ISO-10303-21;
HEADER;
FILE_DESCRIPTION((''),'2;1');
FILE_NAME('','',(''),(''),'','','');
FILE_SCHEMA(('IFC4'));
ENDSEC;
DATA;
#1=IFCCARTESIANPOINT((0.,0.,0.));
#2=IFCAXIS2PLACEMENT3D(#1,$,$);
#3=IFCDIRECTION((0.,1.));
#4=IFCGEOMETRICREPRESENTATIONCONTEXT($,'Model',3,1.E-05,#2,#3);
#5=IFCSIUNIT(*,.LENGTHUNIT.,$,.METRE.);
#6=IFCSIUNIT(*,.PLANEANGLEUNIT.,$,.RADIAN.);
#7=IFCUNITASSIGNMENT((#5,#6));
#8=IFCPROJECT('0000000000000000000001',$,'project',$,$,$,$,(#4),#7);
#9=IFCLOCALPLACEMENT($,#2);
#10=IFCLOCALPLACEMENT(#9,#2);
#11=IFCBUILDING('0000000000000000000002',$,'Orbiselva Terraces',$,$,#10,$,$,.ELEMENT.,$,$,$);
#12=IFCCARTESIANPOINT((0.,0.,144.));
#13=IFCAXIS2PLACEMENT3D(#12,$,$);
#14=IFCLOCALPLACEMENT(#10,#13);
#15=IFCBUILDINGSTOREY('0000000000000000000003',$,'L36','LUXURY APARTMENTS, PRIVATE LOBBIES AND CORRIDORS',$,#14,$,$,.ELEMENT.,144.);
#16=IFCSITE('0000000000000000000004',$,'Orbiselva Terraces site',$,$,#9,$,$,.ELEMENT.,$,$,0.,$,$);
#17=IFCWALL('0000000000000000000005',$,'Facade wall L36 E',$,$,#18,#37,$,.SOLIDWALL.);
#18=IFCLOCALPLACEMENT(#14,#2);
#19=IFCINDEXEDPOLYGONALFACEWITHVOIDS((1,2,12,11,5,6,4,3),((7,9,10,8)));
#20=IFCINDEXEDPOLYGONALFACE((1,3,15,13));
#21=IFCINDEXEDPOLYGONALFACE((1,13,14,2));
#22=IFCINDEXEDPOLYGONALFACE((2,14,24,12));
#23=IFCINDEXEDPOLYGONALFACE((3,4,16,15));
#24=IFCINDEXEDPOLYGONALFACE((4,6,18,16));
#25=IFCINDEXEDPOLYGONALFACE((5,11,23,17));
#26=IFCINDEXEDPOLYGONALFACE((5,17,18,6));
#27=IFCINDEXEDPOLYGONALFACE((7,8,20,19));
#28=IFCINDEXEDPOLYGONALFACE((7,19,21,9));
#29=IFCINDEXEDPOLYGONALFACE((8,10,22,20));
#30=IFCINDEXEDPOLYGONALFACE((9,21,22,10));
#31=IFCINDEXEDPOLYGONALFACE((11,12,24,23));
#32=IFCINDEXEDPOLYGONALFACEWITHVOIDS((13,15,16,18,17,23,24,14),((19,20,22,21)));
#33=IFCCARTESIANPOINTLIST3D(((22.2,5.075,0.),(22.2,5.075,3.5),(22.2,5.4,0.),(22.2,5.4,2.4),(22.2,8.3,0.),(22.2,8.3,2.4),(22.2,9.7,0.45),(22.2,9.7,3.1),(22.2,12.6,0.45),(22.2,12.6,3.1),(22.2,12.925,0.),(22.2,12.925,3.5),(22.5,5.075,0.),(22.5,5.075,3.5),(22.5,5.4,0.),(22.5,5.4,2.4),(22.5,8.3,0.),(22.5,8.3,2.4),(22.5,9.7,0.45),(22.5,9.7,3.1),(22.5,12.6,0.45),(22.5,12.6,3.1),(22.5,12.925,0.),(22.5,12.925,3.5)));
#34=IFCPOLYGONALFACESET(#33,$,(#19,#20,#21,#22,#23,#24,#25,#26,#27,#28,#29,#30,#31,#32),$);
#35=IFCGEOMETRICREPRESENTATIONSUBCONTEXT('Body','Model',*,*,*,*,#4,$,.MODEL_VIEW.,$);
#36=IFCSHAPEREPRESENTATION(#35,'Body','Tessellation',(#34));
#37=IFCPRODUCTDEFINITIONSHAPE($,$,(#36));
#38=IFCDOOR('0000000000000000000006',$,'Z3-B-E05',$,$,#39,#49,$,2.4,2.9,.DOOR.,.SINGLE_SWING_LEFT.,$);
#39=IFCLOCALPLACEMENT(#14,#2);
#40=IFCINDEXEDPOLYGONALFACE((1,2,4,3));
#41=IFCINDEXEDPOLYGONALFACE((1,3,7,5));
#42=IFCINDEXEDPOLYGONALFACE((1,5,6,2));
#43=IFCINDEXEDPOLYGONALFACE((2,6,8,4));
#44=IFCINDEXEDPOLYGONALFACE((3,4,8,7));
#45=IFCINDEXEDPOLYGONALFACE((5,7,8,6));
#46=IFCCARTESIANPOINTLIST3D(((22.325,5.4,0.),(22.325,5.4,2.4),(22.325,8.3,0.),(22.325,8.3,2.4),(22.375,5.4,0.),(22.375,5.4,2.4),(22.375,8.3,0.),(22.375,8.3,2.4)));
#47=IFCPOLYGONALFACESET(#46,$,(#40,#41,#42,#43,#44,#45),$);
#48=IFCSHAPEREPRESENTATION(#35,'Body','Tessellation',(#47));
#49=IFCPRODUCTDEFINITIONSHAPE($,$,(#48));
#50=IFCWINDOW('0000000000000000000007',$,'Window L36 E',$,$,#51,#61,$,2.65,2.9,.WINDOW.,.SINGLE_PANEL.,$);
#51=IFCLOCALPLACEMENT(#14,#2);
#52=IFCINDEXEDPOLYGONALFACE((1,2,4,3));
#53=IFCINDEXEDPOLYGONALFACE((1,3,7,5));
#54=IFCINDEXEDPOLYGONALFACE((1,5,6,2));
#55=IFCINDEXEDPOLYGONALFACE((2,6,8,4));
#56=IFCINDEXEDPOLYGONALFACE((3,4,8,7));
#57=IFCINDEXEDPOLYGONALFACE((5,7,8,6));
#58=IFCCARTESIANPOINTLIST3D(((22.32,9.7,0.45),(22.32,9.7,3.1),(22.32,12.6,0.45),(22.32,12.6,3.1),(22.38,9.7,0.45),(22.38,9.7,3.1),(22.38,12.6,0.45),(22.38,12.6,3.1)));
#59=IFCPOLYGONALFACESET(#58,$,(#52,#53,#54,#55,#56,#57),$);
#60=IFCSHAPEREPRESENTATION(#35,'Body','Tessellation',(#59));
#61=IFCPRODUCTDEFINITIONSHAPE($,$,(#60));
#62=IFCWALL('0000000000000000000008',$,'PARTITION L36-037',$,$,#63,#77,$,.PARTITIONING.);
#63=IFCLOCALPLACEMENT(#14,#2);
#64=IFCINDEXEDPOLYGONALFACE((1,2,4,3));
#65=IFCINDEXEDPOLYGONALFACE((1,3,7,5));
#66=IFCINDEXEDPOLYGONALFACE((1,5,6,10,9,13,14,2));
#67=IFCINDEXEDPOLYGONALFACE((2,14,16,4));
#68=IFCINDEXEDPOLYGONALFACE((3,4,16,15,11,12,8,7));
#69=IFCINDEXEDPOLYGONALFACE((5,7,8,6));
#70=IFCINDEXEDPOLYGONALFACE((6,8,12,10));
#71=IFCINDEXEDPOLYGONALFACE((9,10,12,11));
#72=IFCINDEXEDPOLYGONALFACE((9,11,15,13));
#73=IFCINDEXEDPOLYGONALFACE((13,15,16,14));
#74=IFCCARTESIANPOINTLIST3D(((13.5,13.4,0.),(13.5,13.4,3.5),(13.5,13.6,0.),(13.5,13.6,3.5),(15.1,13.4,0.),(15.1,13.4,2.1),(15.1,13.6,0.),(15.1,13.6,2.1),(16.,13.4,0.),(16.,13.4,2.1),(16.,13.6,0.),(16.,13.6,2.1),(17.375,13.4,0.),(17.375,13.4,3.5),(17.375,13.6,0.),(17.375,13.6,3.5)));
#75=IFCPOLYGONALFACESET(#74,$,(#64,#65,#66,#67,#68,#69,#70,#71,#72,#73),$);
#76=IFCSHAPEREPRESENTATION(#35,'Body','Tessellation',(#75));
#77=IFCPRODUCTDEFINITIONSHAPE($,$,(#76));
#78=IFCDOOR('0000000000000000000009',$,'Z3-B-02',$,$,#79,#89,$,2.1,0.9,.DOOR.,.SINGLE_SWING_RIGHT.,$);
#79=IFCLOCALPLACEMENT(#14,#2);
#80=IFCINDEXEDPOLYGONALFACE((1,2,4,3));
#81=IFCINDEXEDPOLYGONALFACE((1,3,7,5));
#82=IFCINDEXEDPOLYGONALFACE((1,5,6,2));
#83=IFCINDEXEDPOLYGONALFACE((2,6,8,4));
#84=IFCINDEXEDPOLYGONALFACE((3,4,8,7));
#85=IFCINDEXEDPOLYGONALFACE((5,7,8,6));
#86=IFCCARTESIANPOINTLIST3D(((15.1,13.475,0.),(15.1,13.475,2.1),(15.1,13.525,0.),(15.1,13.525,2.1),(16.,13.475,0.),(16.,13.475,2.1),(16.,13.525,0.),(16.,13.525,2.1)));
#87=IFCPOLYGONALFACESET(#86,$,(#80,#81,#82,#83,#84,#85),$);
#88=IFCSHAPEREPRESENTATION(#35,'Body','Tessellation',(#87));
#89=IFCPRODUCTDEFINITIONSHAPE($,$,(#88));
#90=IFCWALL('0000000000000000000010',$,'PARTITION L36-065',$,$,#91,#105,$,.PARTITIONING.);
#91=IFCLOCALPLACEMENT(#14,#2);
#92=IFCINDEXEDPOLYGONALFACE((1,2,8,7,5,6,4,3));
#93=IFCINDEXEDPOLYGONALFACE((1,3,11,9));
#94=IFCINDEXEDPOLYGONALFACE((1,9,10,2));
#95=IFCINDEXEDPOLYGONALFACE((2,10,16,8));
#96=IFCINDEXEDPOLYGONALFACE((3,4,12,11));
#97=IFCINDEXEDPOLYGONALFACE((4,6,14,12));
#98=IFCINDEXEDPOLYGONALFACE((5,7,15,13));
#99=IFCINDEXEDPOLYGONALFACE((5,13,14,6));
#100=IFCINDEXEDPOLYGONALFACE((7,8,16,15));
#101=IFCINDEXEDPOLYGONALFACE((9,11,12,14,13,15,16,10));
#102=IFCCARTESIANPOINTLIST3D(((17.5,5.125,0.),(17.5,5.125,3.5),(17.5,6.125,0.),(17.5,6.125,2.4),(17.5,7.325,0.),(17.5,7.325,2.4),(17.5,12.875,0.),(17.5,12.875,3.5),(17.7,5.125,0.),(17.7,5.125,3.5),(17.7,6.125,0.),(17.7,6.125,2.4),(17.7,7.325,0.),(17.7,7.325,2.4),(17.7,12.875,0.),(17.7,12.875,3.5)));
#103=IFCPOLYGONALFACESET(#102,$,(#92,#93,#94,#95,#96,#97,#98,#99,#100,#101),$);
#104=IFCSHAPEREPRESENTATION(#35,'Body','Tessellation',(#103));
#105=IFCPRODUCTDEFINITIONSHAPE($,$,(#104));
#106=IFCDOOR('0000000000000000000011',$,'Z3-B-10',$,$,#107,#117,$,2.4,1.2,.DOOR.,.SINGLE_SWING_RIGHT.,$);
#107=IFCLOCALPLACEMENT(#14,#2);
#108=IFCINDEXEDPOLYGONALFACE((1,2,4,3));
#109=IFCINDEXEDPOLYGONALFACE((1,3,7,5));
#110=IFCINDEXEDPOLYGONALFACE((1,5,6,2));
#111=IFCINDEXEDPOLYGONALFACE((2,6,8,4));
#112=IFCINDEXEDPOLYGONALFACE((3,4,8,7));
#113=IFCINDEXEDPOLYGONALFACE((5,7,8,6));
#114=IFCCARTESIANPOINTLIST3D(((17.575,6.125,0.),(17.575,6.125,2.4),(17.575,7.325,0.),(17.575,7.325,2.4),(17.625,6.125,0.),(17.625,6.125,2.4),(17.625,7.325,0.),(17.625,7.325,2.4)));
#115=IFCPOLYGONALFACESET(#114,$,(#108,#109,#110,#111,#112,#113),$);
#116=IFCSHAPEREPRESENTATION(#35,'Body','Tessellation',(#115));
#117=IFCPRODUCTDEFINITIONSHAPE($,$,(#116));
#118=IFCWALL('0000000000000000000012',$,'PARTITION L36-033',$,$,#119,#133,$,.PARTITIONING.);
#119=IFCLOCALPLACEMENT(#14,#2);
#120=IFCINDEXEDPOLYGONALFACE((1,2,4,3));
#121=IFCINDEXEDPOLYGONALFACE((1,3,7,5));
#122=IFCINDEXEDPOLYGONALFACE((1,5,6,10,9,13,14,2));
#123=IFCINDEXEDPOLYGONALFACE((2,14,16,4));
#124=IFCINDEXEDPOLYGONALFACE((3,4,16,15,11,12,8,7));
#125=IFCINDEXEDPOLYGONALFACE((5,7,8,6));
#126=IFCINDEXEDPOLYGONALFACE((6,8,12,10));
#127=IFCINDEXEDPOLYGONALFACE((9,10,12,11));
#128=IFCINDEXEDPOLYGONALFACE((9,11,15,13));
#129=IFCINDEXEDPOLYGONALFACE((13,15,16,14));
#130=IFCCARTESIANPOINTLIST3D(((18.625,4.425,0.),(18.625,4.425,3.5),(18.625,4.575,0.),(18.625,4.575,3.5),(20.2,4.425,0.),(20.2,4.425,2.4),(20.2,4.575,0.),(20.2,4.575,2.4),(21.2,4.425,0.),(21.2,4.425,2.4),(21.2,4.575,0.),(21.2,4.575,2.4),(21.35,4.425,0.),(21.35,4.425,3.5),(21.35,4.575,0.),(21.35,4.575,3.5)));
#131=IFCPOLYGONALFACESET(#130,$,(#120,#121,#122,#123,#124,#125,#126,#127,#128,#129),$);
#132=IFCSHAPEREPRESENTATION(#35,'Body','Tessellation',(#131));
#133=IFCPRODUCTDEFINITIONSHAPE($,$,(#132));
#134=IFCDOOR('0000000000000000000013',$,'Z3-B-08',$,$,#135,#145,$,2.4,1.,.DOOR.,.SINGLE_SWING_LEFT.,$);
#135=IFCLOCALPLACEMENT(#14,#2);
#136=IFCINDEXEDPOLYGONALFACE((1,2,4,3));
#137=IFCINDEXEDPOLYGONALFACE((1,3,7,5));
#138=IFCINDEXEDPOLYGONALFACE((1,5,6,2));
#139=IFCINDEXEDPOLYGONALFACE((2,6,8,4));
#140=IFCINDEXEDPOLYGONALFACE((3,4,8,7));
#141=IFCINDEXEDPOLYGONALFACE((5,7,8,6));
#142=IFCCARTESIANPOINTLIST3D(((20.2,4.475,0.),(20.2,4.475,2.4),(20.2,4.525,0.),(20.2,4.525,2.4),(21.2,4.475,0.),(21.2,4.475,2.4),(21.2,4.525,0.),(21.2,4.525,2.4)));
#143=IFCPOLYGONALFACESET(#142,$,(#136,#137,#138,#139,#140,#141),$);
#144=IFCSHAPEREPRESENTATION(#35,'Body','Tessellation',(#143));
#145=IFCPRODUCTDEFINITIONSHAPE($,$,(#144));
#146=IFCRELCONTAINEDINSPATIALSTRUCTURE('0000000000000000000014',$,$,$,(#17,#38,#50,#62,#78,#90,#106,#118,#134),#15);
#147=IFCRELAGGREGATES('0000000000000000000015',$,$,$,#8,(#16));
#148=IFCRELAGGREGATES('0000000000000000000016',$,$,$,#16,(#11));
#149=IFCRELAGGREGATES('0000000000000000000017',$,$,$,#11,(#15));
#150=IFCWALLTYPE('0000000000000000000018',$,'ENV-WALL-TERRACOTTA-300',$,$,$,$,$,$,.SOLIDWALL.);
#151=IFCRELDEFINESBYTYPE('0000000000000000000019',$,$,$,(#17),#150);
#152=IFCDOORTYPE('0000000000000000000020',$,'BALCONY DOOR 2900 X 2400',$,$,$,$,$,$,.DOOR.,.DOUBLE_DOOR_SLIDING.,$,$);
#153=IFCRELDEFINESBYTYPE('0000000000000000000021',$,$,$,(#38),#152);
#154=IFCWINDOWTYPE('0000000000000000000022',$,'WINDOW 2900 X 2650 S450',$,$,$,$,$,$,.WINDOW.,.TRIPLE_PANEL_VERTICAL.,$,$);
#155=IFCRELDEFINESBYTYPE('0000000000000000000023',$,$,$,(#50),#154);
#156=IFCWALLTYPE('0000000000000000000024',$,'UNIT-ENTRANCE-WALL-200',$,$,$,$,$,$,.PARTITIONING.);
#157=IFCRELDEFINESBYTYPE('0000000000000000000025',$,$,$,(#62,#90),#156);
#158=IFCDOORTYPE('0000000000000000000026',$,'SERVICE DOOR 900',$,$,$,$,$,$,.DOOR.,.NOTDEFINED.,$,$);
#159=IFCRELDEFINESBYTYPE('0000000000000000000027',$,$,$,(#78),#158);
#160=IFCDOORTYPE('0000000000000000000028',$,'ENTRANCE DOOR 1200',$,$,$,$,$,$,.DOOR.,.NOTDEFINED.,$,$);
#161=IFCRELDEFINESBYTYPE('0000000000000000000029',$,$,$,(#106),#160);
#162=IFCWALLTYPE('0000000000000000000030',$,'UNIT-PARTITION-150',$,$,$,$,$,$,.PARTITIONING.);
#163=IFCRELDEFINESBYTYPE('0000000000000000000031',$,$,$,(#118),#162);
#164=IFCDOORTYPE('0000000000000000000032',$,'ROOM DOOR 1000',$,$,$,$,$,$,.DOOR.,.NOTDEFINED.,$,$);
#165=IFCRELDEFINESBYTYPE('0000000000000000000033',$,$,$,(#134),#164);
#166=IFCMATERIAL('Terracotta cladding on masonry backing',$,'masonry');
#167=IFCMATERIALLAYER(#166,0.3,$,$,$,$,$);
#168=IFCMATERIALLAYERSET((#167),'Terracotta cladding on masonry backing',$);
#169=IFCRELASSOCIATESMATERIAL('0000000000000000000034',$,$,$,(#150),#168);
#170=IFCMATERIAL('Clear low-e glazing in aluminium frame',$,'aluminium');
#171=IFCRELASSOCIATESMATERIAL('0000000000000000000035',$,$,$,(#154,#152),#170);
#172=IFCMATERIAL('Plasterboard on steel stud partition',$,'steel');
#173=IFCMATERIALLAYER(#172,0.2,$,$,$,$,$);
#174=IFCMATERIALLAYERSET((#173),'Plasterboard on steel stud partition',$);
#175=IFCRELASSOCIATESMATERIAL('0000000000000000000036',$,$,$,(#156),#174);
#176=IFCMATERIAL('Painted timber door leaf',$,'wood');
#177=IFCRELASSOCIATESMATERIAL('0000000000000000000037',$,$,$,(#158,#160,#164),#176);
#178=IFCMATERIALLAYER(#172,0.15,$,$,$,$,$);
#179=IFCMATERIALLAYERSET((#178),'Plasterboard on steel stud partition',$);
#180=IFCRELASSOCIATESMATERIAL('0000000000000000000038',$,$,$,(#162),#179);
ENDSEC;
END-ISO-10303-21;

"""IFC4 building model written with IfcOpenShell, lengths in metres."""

from ifc_helpers import new_model, si_unit, direction, frame, frame_2d, origin, place, context, subcontext, project, spatial, rectangle, extrude, material, layer, layer_set, type_object, element, fill, save


model = new_model("IFC4")

# Units and contexts
model_context = context("Model", 3, precision=1e-05, world=origin(), true_north=direction((0.0, 1.0)))
body_context = subcontext(model_context, "Body", "Model", "MODEL_VIEW")
ifc_project = project(units=[si_unit("LENGTHUNIT", "METRE"), si_unit("PLANEANGLEUNIT", "RADIAN")], contexts=[model_context])

# Site, building, storey
site_placement = place(None, origin())
site = spatial("IfcSite", under=ifc_project, at=site_placement, Name="Orbiselva Terraces site", CompositionType="ELEMENT", RefElevation=0.0)
building_placement = place(site_placement, origin())
building = spatial("IfcBuilding", under=site, at=building_placement, Name="Orbiselva Terraces", CompositionType="ELEMENT")
storey_placement = place(building_placement, frame((0.0, 0.0, 144.0)))
storey = spatial("IfcBuildingStorey", under=building, at=storey_placement, Name="L36", Description="LUXURY APARTMENTS, PRIVATE LOBBIES AND CORRIDORS", CompositionType="ELEMENT", Elevation=144.0)

# Shared definitions
ifc_material_1 = material(Name="Terracotta cladding on masonry backing", Category="masonry")
ifc_layer_1 = layer(ifc_material_1, 0.3)
ifc_layer_set_1 = layer_set([ifc_layer_1], Name="Terracotta cladding on masonry backing")
wall_type_1 = type_object("IfcWallType", Name="ENV-WALL-TERRACOTTA-300", PredefinedType="SOLIDWALL", material=ifc_layer_set_1)
ifc_material_2 = material(Name="Clear low-e glazing in aluminium frame", Category="aluminium")
window_type = type_object("IfcWindowType", Name="WINDOW 2900 X 2650 S450", PartitioningType="TRIPLE_PANEL_VERTICAL", PredefinedType="WINDOW", material=ifc_material_2)

# Wall, openings, door, window
wall_1_placement = place(storey_placement, frame((22.35, 12.925, 0.0), z_axis=(0.0, 0.0, 1.0), x_axis=(0.0, -1.0, 0.0)))
wall_1 = element("IfcWall", 1, at=wall_1_placement, inside=storey, type_object=wall_type_1, Name="Facade wall L36 E", PredefinedType="SOLIDWALL", context=body_context, shape_type="SweptSolid", body=[
    extrude(rectangle(XDim=7.85, YDim=0.3, at=frame_2d((3.925, 0.0))), origin(), (0.0, 0.0, 1.0), 3.5),
])
opening_1_placement = place(wall_1_placement, frame((4.625, 0.0, 0.0)))
opening_1 = element("IfcOpeningElement", 2, at=opening_1_placement, cuts=wall_1, PredefinedType="OPENING", context=body_context, shape_type="SweptSolid", body=[
    extrude(rectangle(XDim=2.9, YDim=2.4, at=frame_2d((1.45, 1.2))), frame((0.0, 0.16, 0.0), z_axis=(0.0, -1.0, 0.0), x_axis=(1.0, 0.0, 0.0)), (0.0, 0.0, 1.0), 0.32),
])
opening_2_placement = place(wall_1_placement, frame((0.325, 0.0, 0.45)))
opening_2 = element("IfcOpeningElement", 3, at=opening_2_placement, cuts=wall_1, PredefinedType="OPENING", context=body_context, shape_type="SweptSolid", body=[
    extrude(rectangle(XDim=2.9, YDim=2.65, at=frame_2d((1.45, 1.325))), frame((0.0, 0.16, 0.0), z_axis=(0.0, -1.0, 0.0), x_axis=(1.0, 0.0, 0.0)), (0.0, 0.0, 1.0), 0.32),
])
door_type_1 = type_object("IfcDoorType", Name="BALCONY DOOR 2900 X 2400", OperationType="DOUBLE_DOOR_SLIDING", PredefinedType="DOOR", material=ifc_material_2)
door_1_placement = place(opening_1_placement, origin())
door_1 = element("IfcDoor", 4, at=door_1_placement, inside=storey, type_object=door_type_1, Name="Z3-B-E05", OperationType="SINGLE_SWING_LEFT", OverallHeight=2.4, OverallWidth=2.9, PredefinedType="DOOR", context=body_context, shape_type="SweptSolid", body=[
    extrude(rectangle(XDim=2.9, YDim=2.4, at=frame_2d((1.45, 1.2))), frame((0.0, 0.025, 0.0), z_axis=(0.0, -1.0, 0.0), x_axis=(1.0, 0.0, 0.0)), (0.0, 0.0, 1.0), 0.05),
])
fill(opening_1, door_1)
window_1_placement = place(opening_2_placement, origin())
window_1 = element("IfcWindow", 5, at=window_1_placement, inside=storey, type_object=window_type, Name="Window L36 E", OverallHeight=2.65, OverallWidth=2.9, PartitioningType="SINGLE_PANEL", PredefinedType="WINDOW", context=body_context, shape_type="SweptSolid", body=[
    extrude(rectangle(XDim=2.9, YDim=2.65, at=frame_2d((1.45, 1.325))), frame((0.0, 0.03, 0.0), z_axis=(0.0, -1.0, 0.0), x_axis=(1.0, 0.0, 0.0)), (0.0, 0.0, 1.0), 0.06),
])
fill(opening_2, window_1)

# Walls, openings, doors
ifc_material_3 = material(Name="Plasterboard on steel stud partition", Category="steel")
ifc_layer_2 = layer(ifc_material_3, 0.2)
ifc_layer_set_2 = layer_set([ifc_layer_2], Name="Plasterboard on steel stud partition")
wall_type_2 = type_object("IfcWallType", Name="UNIT-ENTRANCE-WALL-200", PredefinedType="PARTITIONING", material=ifc_layer_set_2)
wall_2_placement = place(storey_placement, frame((13.5, 13.5, 0.0), z_axis=(0.0, 0.0, 1.0), x_axis=(1.0, 0.0, 0.0)))
wall_2 = element("IfcWall", 6, at=wall_2_placement, inside=storey, type_object=wall_type_2, Name="PARTITION L36-037", PredefinedType="PARTITIONING", context=body_context, shape_type="SweptSolid", body=[
    extrude(rectangle(XDim=3.875, YDim=0.2, at=frame_2d((1.9375, 0.0))), origin(), (0.0, 0.0, 1.0), 3.5),
])
opening_3_placement = place(wall_2_placement, frame((1.6, 0.0, 0.0)))
opening_3 = element("IfcOpeningElement", 7, at=opening_3_placement, cuts=wall_2, PredefinedType="OPENING", context=body_context, shape_type="SweptSolid", body=[
    extrude(rectangle(XDim=0.9, YDim=2.1, at=frame_2d((0.45, 1.05))), frame((0.0, 0.11, 0.0), z_axis=(0.0, -1.0, 0.0), x_axis=(1.0, 0.0, 0.0)), (0.0, 0.0, 1.0), 0.22),
])
ifc_material_4 = material(Name="Painted timber door leaf", Category="wood")
door_type_2 = type_object("IfcDoorType", Name="SERVICE DOOR 900", OperationType="NOTDEFINED", PredefinedType="DOOR", material=ifc_material_4)
door_2_placement = place(opening_3_placement, origin())
door_2 = element("IfcDoor", 8, at=door_2_placement, inside=storey, type_object=door_type_2, Name="Z3-B-02", OperationType="SINGLE_SWING_RIGHT", OverallHeight=2.1, OverallWidth=0.9, PredefinedType="DOOR", context=body_context, shape_type="SweptSolid", body=[
    extrude(rectangle(XDim=0.9, YDim=2.1, at=frame_2d((0.45, 1.05))), frame((0.0, 0.025, 0.0), z_axis=(0.0, -1.0, 0.0), x_axis=(1.0, 0.0, 0.0)), (0.0, 0.0, 1.0), 0.05),
])
fill(opening_3, door_2)
wall_3_placement = place(storey_placement, frame((17.6, 12.875, 0.0), z_axis=(0.0, 0.0, 1.0), x_axis=(0.0, -1.0, 0.0)))
wall_3 = element("IfcWall", 9, at=wall_3_placement, inside=storey, type_object=wall_type_2, Name="PARTITION L36-065", PredefinedType="PARTITIONING", context=body_context, shape_type="SweptSolid", body=[
    extrude(rectangle(XDim=7.75, YDim=0.2, at=frame_2d((3.875, 0.0))), origin(), (0.0, 0.0, 1.0), 3.5),
])
opening_4_placement = place(wall_3_placement, frame((5.55, 0.0, 0.0)))
opening_4 = element("IfcOpeningElement", 10, at=opening_4_placement, cuts=wall_3, PredefinedType="OPENING", context=body_context, shape_type="SweptSolid", body=[
    extrude(rectangle(XDim=1.2, YDim=2.4, at=frame_2d((0.6, 1.2))), frame((0.0, 0.11, 0.0), z_axis=(0.0, -1.0, 0.0), x_axis=(1.0, 0.0, 0.0)), (0.0, 0.0, 1.0), 0.22),
])
door_type_3 = type_object("IfcDoorType", Name="ENTRANCE DOOR 1200", OperationType="NOTDEFINED", PredefinedType="DOOR", material=ifc_material_4)
door_3_placement = place(opening_4_placement, origin())
door_3 = element("IfcDoor", 11, at=door_3_placement, inside=storey, type_object=door_type_3, Name="Z3-B-10", OperationType="SINGLE_SWING_RIGHT", OverallHeight=2.4, OverallWidth=1.2, PredefinedType="DOOR", context=body_context, shape_type="SweptSolid", body=[
    extrude(rectangle(XDim=1.2, YDim=2.4, at=frame_2d((0.6, 1.2))), frame((0.0, 0.025, 0.0), z_axis=(0.0, -1.0, 0.0), x_axis=(1.0, 0.0, 0.0)), (0.0, 0.0, 1.0), 0.05),
])
fill(opening_4, door_3)
ifc_layer_3 = layer(ifc_material_3, 0.15)
ifc_layer_set_3 = layer_set([ifc_layer_3], Name="Plasterboard on steel stud partition")
wall_type_3 = type_object("IfcWallType", Name="UNIT-PARTITION-150", PredefinedType="PARTITIONING", material=ifc_layer_set_3)
wall_4_placement = place(storey_placement, frame((21.35, 4.5, 0.0), z_axis=(0.0, 0.0, 1.0), x_axis=(-1.0, 0.0, 0.0)))
wall_4 = element("IfcWall", 12, at=wall_4_placement, inside=storey, type_object=wall_type_3, Name="PARTITION L36-033", PredefinedType="PARTITIONING", context=body_context, shape_type="SweptSolid", body=[
    extrude(rectangle(XDim=2.725, YDim=0.15, at=frame_2d((1.3625, 0.0))), origin(), (0.0, 0.0, 1.0), 3.5),
])
opening_5_placement = place(wall_4_placement, frame((0.15, 0.0, 0.0)))
opening_5 = element("IfcOpeningElement", 13, at=opening_5_placement, cuts=wall_4, PredefinedType="OPENING", context=body_context, shape_type="SweptSolid", body=[
    extrude(rectangle(XDim=1.0, YDim=2.4, at=frame_2d((0.5, 1.2))), frame((0.0, 0.085, 0.0), z_axis=(0.0, -1.0, 0.0), x_axis=(1.0, 0.0, 0.0)), (0.0, 0.0, 1.0), 0.17),
])
door_type_4 = type_object("IfcDoorType", Name="ROOM DOOR 1000", OperationType="NOTDEFINED", PredefinedType="DOOR", material=ifc_material_4)
door_4_placement = place(opening_5_placement, origin())
door_4 = element("IfcDoor", 14, at=door_4_placement, inside=storey, type_object=door_type_4, Name="Z3-B-08", OperationType="SINGLE_SWING_LEFT", OverallHeight=2.4, OverallWidth=1.0, PredefinedType="DOOR", context=body_context, shape_type="SweptSolid", body=[
    extrude(rectangle(XDim=1.0, YDim=2.4, at=frame_2d((0.5, 1.2))), frame((0.0, 0.025, 0.0), z_axis=(0.0, -1.0, 0.0), x_axis=(1.0, 0.0, 0.0)), (0.0, 0.0, 1.0), 0.05),
])
fill(opening_5, door_4)

save(model, "model.ifc")
